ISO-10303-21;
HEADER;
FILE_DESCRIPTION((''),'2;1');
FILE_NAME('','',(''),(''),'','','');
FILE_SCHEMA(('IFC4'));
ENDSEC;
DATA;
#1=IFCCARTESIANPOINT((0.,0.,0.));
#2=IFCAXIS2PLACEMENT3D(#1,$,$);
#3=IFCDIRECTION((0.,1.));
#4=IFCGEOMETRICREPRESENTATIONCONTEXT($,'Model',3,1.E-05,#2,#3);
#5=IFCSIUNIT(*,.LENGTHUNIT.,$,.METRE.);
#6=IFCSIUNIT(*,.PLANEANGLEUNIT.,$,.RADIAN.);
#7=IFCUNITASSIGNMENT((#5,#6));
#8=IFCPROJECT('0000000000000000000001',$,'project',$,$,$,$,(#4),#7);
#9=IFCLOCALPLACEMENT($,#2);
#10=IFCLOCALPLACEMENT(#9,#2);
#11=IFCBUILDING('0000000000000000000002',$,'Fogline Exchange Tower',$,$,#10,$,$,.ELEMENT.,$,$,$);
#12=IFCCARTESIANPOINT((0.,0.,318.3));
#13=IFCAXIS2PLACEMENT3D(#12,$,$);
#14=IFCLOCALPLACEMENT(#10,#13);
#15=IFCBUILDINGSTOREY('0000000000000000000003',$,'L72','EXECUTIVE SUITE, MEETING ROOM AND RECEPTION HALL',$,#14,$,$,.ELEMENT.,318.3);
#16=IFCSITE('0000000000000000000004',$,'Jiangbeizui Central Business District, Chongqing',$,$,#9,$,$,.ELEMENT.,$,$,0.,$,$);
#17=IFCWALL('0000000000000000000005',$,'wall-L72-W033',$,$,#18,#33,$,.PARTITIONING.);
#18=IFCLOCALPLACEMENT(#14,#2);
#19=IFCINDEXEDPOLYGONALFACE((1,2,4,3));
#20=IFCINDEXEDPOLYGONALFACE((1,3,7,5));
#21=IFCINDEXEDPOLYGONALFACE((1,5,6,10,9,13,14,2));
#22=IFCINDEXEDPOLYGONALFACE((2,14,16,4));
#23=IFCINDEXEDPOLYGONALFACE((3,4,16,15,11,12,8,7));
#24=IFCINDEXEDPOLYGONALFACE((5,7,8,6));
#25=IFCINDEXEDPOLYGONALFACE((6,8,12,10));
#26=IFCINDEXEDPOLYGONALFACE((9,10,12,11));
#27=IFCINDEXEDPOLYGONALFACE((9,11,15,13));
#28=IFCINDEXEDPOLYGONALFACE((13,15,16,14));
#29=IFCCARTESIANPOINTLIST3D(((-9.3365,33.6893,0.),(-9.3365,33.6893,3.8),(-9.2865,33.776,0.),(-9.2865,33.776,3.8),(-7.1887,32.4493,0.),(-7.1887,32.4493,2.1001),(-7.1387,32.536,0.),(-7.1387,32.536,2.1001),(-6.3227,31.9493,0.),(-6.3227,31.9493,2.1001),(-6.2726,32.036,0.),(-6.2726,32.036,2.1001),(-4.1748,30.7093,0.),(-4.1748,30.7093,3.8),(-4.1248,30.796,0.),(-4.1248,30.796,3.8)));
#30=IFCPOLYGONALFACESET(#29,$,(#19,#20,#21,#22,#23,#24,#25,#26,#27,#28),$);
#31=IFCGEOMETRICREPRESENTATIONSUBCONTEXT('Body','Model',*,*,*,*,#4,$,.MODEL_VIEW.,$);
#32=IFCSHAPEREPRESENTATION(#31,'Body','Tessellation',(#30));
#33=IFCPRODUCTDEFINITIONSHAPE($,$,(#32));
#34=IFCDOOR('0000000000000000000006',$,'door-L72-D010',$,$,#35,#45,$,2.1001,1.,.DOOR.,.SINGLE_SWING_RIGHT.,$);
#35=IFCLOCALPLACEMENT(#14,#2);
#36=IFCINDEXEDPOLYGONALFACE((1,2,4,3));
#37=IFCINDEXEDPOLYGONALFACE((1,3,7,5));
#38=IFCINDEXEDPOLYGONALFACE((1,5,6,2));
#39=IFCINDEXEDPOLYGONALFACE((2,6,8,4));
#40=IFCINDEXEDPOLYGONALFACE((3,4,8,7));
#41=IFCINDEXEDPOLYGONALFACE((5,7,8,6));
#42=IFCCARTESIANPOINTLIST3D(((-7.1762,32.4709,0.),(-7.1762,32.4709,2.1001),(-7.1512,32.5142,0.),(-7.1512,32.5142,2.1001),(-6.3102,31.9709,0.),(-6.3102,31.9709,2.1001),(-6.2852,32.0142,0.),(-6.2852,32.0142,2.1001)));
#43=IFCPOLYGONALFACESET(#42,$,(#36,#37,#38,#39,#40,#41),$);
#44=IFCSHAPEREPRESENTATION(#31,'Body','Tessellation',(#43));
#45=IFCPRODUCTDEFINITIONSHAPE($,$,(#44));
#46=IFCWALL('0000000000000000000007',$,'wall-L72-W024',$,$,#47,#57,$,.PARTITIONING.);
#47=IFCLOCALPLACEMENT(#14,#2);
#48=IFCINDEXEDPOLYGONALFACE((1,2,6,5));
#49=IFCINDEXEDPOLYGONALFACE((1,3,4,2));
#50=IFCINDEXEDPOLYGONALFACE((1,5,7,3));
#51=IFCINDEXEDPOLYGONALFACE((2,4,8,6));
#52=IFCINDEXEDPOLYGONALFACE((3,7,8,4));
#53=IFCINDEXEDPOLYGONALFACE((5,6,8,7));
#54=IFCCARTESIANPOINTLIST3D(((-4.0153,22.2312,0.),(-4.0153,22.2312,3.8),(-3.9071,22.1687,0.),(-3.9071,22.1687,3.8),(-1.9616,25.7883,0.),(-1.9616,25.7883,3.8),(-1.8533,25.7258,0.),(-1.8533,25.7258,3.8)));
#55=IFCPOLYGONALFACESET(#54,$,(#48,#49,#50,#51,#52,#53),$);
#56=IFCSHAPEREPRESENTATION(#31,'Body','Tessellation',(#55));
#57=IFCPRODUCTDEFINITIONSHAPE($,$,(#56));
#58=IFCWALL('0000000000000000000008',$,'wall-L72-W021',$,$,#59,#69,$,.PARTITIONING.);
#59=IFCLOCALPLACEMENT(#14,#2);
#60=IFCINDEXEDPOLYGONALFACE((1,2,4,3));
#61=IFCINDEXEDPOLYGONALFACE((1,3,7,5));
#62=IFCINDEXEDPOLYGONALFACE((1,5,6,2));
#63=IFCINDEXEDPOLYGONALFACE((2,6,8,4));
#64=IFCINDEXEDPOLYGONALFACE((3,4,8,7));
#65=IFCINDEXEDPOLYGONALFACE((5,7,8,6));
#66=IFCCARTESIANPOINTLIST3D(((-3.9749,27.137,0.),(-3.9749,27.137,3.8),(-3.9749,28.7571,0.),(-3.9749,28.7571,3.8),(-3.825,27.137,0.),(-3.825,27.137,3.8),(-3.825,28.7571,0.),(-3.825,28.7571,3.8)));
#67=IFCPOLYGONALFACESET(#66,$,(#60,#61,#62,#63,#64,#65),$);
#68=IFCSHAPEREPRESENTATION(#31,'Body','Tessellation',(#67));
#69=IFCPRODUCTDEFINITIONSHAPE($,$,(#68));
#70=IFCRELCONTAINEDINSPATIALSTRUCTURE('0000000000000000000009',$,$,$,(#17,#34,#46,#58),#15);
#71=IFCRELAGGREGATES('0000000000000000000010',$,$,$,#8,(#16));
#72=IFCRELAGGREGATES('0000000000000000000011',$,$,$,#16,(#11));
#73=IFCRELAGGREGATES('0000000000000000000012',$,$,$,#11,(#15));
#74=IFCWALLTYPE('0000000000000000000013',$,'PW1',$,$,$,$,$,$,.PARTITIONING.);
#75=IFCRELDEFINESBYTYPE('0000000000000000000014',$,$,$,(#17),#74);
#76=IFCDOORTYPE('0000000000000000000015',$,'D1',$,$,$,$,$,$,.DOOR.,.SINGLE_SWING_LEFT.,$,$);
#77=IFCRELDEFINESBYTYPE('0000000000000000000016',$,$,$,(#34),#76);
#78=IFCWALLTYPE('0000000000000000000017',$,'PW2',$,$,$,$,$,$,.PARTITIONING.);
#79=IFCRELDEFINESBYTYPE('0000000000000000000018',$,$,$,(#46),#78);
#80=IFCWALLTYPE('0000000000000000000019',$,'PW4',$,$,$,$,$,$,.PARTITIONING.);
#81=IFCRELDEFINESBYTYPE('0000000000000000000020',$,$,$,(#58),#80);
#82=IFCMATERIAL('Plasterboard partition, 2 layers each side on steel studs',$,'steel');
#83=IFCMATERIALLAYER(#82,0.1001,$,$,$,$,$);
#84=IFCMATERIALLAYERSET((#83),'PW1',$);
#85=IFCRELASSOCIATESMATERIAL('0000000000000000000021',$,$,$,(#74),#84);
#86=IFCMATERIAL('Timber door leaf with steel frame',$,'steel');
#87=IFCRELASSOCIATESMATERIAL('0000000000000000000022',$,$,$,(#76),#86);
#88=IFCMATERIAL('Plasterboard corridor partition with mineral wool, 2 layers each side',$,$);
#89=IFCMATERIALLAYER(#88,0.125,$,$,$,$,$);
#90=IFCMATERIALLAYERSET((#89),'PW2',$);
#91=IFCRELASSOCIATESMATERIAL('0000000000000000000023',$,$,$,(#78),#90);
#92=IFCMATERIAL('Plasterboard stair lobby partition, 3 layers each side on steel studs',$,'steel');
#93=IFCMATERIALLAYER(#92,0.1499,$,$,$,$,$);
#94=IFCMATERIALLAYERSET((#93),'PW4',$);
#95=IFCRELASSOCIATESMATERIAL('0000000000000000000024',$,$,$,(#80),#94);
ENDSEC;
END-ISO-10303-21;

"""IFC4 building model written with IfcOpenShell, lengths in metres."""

from ifc_helpers import new_model, si_unit, direction, frame, frame_2d, origin, place, context, subcontext, project, spatial, rectangle, extrude, material, layer, layer_set, type_object, element, fill, save


model = new_model("IFC4")

# Units and contexts
model_context = context("Model", 3, precision=1e-05, world=origin(), true_north=direction((0.0, 1.0)))
body_context = subcontext(model_context, "Body", "Model", "MODEL_VIEW")
ifc_project = project(units=[si_unit("LENGTHUNIT", "METRE"), si_unit("PLANEANGLEUNIT", "RADIAN")], contexts=[model_context])

# Site, building, storey
site_placement = place(None, origin())
site = spatial("IfcSite", under=ifc_project, at=site_placement, Name="Jiangbeizui Central Business District, Chongqing", CompositionType="ELEMENT", RefElevation=0.0)
building_placement = place(site_placement, origin())
building = spatial("IfcBuilding", under=site, at=building_placement, Name="Fogline Exchange Tower", CompositionType="ELEMENT")
storey_placement = place(building_placement, frame((0.0, 0.0, 318.3)))
storey = spatial("IfcBuildingStorey", under=building, at=storey_placement, Name="L72", Description="EXECUTIVE SUITE, MEETING ROOM AND RECEPTION HALL", CompositionType="ELEMENT", Elevation=318.3)

# Wall, opening, door
ifc_material_1 = material(Name="Plasterboard partition, 2 layers each side on steel studs", Category="steel")
ifc_layer_1 = layer(ifc_material_1, 0.1001)
ifc_layer_set_1 = layer_set([ifc_layer_1], Name="PW1")
wall_type_1 = type_object("IfcWallType", Name="PW1", PredefinedType="PARTITIONING", material=ifc_layer_set_1)
wall_1_placement = place(storey_placement, frame((-4.1499, 30.7527, 0.0), z_axis=(0.0, 0.0, 1.0), x_axis=(-0.866031, 0.49999, 0.0)))
wall_1 = element("IfcWall", 1, at=wall_1_placement, inside=storey, type_object=wall_type_1, Name="wall-L72-W033", PredefinedType="PARTITIONING", context=body_context, shape_type="SweptSolid", body=[
    extrude(rectangle(XDim=5.9602, YDim=0.1001, at=frame_2d((2.98, 0.0))), origin(), (0.0, 0.0, 1.0), 3.8),
])
opening_1_placement = place(wall_1_placement, frame((2.48, 0.0, 0.0)))
opening_1 = element("IfcOpeningElement", 2, at=opening_1_placement, cuts=wall_1, PredefinedType="OPENING", context=body_context, shape_type="SweptSolid", body=[
    extrude(rectangle(XDim=1.0, YDim=2.1001, at=frame_2d((0.5, 1.05))), frame((0.0, 0.0601, 0.0), z_axis=(0.0, -1.0, 0.0), x_axis=(1.0, 0.0, 0.0)), (0.0, 0.0, 1.0), 0.1201),
])
ifc_material_2 = material(Name="Timber door leaf with steel frame", Category="steel")
door_type_1 = type_object("IfcDoorType", Name="D1", OperationType="SINGLE_SWING_LEFT", PredefinedType="DOOR", material=ifc_material_2)
door_1_placement = place(opening_1_placement, frame((1.0, 0.0, 0.0), z_axis=(0.0, 0.0, 1.0), x_axis=(-1.0, 0.0, 0.0)))
door_1 = element("IfcDoor", 3, at=door_1_placement, inside=storey, type_object=door_type_1, Name="door-L72-D010", OperationType="SINGLE_SWING_RIGHT", OverallHeight=2.1001, OverallWidth=1.0, PredefinedType="DOOR", context=body_context, shape_type="SweptSolid", body=[
    extrude(rectangle(XDim=1.0, YDim=2.1001, at=frame_2d((0.5, 1.05))), frame((0.0, 0.0249, 0.0), z_axis=(0.0, -1.0, 0.0), x_axis=(1.0, 0.0, 0.0)), (0.0, 0.0, 1.0), 0.05),
])
fill(opening_1, door_1)

# Walls
ifc_material_3 = material(Name="Plasterboard corridor partition with mineral wool, 2 layers each side")
ifc_layer_2 = layer(ifc_material_3, 0.125)
ifc_layer_set_2 = layer_set([ifc_layer_2], Name="PW2")
wall_type_2 = type_object("IfcWallType", Name="PW2", PredefinedType="PARTITIONING", material=ifc_layer_set_2)
wall_2_placement = place(storey_placement, frame((-1.9075, 25.7571, 0.0), z_axis=(0.0, 0.0, 1.0), x_axis=(-0.5, -0.866025, 0.0)))
element("IfcWall", 4, at=wall_2_placement, inside=storey, type_object=wall_type_2, Name="wall-L72-W024", PredefinedType="PARTITIONING", context=body_context, shape_type="SweptSolid", body=[
    extrude(rectangle(XDim=4.1074, YDim=0.125, at=frame_2d((2.0537, 0.0))), origin(), (0.0, 0.0, 1.0), 3.8),
])
ifc_material_4 = material(Name="Plasterboard stair lobby partition, 3 layers each side on steel studs", Category="steel")
ifc_layer_3 = layer(ifc_material_4, 0.1499)
ifc_layer_set_3 = layer_set([ifc_layer_3], Name="PW4")
wall_type_3 = type_object("IfcWallType", Name="PW4", PredefinedType="PARTITIONING", material=ifc_layer_set_3)
wall_3_placement = place(storey_placement, frame((-3.8999, 27.137, 0.0), z_axis=(0.0, 0.0, 1.0), x_axis=(0.0, 1.0, 0.0)))
element("IfcWall", 5, at=wall_3_placement, inside=storey, type_object=wall_type_3, Name="wall-L72-W021", PredefinedType="PARTITIONING", context=body_context, shape_type="SweptSolid", body=[
    extrude(rectangle(XDim=1.6201, YDim=0.1499, at=frame_2d((0.8101, 0.0))), origin(), (0.0, 0.0, 1.0), 3.8),
])

save(model, "model.ifc")
